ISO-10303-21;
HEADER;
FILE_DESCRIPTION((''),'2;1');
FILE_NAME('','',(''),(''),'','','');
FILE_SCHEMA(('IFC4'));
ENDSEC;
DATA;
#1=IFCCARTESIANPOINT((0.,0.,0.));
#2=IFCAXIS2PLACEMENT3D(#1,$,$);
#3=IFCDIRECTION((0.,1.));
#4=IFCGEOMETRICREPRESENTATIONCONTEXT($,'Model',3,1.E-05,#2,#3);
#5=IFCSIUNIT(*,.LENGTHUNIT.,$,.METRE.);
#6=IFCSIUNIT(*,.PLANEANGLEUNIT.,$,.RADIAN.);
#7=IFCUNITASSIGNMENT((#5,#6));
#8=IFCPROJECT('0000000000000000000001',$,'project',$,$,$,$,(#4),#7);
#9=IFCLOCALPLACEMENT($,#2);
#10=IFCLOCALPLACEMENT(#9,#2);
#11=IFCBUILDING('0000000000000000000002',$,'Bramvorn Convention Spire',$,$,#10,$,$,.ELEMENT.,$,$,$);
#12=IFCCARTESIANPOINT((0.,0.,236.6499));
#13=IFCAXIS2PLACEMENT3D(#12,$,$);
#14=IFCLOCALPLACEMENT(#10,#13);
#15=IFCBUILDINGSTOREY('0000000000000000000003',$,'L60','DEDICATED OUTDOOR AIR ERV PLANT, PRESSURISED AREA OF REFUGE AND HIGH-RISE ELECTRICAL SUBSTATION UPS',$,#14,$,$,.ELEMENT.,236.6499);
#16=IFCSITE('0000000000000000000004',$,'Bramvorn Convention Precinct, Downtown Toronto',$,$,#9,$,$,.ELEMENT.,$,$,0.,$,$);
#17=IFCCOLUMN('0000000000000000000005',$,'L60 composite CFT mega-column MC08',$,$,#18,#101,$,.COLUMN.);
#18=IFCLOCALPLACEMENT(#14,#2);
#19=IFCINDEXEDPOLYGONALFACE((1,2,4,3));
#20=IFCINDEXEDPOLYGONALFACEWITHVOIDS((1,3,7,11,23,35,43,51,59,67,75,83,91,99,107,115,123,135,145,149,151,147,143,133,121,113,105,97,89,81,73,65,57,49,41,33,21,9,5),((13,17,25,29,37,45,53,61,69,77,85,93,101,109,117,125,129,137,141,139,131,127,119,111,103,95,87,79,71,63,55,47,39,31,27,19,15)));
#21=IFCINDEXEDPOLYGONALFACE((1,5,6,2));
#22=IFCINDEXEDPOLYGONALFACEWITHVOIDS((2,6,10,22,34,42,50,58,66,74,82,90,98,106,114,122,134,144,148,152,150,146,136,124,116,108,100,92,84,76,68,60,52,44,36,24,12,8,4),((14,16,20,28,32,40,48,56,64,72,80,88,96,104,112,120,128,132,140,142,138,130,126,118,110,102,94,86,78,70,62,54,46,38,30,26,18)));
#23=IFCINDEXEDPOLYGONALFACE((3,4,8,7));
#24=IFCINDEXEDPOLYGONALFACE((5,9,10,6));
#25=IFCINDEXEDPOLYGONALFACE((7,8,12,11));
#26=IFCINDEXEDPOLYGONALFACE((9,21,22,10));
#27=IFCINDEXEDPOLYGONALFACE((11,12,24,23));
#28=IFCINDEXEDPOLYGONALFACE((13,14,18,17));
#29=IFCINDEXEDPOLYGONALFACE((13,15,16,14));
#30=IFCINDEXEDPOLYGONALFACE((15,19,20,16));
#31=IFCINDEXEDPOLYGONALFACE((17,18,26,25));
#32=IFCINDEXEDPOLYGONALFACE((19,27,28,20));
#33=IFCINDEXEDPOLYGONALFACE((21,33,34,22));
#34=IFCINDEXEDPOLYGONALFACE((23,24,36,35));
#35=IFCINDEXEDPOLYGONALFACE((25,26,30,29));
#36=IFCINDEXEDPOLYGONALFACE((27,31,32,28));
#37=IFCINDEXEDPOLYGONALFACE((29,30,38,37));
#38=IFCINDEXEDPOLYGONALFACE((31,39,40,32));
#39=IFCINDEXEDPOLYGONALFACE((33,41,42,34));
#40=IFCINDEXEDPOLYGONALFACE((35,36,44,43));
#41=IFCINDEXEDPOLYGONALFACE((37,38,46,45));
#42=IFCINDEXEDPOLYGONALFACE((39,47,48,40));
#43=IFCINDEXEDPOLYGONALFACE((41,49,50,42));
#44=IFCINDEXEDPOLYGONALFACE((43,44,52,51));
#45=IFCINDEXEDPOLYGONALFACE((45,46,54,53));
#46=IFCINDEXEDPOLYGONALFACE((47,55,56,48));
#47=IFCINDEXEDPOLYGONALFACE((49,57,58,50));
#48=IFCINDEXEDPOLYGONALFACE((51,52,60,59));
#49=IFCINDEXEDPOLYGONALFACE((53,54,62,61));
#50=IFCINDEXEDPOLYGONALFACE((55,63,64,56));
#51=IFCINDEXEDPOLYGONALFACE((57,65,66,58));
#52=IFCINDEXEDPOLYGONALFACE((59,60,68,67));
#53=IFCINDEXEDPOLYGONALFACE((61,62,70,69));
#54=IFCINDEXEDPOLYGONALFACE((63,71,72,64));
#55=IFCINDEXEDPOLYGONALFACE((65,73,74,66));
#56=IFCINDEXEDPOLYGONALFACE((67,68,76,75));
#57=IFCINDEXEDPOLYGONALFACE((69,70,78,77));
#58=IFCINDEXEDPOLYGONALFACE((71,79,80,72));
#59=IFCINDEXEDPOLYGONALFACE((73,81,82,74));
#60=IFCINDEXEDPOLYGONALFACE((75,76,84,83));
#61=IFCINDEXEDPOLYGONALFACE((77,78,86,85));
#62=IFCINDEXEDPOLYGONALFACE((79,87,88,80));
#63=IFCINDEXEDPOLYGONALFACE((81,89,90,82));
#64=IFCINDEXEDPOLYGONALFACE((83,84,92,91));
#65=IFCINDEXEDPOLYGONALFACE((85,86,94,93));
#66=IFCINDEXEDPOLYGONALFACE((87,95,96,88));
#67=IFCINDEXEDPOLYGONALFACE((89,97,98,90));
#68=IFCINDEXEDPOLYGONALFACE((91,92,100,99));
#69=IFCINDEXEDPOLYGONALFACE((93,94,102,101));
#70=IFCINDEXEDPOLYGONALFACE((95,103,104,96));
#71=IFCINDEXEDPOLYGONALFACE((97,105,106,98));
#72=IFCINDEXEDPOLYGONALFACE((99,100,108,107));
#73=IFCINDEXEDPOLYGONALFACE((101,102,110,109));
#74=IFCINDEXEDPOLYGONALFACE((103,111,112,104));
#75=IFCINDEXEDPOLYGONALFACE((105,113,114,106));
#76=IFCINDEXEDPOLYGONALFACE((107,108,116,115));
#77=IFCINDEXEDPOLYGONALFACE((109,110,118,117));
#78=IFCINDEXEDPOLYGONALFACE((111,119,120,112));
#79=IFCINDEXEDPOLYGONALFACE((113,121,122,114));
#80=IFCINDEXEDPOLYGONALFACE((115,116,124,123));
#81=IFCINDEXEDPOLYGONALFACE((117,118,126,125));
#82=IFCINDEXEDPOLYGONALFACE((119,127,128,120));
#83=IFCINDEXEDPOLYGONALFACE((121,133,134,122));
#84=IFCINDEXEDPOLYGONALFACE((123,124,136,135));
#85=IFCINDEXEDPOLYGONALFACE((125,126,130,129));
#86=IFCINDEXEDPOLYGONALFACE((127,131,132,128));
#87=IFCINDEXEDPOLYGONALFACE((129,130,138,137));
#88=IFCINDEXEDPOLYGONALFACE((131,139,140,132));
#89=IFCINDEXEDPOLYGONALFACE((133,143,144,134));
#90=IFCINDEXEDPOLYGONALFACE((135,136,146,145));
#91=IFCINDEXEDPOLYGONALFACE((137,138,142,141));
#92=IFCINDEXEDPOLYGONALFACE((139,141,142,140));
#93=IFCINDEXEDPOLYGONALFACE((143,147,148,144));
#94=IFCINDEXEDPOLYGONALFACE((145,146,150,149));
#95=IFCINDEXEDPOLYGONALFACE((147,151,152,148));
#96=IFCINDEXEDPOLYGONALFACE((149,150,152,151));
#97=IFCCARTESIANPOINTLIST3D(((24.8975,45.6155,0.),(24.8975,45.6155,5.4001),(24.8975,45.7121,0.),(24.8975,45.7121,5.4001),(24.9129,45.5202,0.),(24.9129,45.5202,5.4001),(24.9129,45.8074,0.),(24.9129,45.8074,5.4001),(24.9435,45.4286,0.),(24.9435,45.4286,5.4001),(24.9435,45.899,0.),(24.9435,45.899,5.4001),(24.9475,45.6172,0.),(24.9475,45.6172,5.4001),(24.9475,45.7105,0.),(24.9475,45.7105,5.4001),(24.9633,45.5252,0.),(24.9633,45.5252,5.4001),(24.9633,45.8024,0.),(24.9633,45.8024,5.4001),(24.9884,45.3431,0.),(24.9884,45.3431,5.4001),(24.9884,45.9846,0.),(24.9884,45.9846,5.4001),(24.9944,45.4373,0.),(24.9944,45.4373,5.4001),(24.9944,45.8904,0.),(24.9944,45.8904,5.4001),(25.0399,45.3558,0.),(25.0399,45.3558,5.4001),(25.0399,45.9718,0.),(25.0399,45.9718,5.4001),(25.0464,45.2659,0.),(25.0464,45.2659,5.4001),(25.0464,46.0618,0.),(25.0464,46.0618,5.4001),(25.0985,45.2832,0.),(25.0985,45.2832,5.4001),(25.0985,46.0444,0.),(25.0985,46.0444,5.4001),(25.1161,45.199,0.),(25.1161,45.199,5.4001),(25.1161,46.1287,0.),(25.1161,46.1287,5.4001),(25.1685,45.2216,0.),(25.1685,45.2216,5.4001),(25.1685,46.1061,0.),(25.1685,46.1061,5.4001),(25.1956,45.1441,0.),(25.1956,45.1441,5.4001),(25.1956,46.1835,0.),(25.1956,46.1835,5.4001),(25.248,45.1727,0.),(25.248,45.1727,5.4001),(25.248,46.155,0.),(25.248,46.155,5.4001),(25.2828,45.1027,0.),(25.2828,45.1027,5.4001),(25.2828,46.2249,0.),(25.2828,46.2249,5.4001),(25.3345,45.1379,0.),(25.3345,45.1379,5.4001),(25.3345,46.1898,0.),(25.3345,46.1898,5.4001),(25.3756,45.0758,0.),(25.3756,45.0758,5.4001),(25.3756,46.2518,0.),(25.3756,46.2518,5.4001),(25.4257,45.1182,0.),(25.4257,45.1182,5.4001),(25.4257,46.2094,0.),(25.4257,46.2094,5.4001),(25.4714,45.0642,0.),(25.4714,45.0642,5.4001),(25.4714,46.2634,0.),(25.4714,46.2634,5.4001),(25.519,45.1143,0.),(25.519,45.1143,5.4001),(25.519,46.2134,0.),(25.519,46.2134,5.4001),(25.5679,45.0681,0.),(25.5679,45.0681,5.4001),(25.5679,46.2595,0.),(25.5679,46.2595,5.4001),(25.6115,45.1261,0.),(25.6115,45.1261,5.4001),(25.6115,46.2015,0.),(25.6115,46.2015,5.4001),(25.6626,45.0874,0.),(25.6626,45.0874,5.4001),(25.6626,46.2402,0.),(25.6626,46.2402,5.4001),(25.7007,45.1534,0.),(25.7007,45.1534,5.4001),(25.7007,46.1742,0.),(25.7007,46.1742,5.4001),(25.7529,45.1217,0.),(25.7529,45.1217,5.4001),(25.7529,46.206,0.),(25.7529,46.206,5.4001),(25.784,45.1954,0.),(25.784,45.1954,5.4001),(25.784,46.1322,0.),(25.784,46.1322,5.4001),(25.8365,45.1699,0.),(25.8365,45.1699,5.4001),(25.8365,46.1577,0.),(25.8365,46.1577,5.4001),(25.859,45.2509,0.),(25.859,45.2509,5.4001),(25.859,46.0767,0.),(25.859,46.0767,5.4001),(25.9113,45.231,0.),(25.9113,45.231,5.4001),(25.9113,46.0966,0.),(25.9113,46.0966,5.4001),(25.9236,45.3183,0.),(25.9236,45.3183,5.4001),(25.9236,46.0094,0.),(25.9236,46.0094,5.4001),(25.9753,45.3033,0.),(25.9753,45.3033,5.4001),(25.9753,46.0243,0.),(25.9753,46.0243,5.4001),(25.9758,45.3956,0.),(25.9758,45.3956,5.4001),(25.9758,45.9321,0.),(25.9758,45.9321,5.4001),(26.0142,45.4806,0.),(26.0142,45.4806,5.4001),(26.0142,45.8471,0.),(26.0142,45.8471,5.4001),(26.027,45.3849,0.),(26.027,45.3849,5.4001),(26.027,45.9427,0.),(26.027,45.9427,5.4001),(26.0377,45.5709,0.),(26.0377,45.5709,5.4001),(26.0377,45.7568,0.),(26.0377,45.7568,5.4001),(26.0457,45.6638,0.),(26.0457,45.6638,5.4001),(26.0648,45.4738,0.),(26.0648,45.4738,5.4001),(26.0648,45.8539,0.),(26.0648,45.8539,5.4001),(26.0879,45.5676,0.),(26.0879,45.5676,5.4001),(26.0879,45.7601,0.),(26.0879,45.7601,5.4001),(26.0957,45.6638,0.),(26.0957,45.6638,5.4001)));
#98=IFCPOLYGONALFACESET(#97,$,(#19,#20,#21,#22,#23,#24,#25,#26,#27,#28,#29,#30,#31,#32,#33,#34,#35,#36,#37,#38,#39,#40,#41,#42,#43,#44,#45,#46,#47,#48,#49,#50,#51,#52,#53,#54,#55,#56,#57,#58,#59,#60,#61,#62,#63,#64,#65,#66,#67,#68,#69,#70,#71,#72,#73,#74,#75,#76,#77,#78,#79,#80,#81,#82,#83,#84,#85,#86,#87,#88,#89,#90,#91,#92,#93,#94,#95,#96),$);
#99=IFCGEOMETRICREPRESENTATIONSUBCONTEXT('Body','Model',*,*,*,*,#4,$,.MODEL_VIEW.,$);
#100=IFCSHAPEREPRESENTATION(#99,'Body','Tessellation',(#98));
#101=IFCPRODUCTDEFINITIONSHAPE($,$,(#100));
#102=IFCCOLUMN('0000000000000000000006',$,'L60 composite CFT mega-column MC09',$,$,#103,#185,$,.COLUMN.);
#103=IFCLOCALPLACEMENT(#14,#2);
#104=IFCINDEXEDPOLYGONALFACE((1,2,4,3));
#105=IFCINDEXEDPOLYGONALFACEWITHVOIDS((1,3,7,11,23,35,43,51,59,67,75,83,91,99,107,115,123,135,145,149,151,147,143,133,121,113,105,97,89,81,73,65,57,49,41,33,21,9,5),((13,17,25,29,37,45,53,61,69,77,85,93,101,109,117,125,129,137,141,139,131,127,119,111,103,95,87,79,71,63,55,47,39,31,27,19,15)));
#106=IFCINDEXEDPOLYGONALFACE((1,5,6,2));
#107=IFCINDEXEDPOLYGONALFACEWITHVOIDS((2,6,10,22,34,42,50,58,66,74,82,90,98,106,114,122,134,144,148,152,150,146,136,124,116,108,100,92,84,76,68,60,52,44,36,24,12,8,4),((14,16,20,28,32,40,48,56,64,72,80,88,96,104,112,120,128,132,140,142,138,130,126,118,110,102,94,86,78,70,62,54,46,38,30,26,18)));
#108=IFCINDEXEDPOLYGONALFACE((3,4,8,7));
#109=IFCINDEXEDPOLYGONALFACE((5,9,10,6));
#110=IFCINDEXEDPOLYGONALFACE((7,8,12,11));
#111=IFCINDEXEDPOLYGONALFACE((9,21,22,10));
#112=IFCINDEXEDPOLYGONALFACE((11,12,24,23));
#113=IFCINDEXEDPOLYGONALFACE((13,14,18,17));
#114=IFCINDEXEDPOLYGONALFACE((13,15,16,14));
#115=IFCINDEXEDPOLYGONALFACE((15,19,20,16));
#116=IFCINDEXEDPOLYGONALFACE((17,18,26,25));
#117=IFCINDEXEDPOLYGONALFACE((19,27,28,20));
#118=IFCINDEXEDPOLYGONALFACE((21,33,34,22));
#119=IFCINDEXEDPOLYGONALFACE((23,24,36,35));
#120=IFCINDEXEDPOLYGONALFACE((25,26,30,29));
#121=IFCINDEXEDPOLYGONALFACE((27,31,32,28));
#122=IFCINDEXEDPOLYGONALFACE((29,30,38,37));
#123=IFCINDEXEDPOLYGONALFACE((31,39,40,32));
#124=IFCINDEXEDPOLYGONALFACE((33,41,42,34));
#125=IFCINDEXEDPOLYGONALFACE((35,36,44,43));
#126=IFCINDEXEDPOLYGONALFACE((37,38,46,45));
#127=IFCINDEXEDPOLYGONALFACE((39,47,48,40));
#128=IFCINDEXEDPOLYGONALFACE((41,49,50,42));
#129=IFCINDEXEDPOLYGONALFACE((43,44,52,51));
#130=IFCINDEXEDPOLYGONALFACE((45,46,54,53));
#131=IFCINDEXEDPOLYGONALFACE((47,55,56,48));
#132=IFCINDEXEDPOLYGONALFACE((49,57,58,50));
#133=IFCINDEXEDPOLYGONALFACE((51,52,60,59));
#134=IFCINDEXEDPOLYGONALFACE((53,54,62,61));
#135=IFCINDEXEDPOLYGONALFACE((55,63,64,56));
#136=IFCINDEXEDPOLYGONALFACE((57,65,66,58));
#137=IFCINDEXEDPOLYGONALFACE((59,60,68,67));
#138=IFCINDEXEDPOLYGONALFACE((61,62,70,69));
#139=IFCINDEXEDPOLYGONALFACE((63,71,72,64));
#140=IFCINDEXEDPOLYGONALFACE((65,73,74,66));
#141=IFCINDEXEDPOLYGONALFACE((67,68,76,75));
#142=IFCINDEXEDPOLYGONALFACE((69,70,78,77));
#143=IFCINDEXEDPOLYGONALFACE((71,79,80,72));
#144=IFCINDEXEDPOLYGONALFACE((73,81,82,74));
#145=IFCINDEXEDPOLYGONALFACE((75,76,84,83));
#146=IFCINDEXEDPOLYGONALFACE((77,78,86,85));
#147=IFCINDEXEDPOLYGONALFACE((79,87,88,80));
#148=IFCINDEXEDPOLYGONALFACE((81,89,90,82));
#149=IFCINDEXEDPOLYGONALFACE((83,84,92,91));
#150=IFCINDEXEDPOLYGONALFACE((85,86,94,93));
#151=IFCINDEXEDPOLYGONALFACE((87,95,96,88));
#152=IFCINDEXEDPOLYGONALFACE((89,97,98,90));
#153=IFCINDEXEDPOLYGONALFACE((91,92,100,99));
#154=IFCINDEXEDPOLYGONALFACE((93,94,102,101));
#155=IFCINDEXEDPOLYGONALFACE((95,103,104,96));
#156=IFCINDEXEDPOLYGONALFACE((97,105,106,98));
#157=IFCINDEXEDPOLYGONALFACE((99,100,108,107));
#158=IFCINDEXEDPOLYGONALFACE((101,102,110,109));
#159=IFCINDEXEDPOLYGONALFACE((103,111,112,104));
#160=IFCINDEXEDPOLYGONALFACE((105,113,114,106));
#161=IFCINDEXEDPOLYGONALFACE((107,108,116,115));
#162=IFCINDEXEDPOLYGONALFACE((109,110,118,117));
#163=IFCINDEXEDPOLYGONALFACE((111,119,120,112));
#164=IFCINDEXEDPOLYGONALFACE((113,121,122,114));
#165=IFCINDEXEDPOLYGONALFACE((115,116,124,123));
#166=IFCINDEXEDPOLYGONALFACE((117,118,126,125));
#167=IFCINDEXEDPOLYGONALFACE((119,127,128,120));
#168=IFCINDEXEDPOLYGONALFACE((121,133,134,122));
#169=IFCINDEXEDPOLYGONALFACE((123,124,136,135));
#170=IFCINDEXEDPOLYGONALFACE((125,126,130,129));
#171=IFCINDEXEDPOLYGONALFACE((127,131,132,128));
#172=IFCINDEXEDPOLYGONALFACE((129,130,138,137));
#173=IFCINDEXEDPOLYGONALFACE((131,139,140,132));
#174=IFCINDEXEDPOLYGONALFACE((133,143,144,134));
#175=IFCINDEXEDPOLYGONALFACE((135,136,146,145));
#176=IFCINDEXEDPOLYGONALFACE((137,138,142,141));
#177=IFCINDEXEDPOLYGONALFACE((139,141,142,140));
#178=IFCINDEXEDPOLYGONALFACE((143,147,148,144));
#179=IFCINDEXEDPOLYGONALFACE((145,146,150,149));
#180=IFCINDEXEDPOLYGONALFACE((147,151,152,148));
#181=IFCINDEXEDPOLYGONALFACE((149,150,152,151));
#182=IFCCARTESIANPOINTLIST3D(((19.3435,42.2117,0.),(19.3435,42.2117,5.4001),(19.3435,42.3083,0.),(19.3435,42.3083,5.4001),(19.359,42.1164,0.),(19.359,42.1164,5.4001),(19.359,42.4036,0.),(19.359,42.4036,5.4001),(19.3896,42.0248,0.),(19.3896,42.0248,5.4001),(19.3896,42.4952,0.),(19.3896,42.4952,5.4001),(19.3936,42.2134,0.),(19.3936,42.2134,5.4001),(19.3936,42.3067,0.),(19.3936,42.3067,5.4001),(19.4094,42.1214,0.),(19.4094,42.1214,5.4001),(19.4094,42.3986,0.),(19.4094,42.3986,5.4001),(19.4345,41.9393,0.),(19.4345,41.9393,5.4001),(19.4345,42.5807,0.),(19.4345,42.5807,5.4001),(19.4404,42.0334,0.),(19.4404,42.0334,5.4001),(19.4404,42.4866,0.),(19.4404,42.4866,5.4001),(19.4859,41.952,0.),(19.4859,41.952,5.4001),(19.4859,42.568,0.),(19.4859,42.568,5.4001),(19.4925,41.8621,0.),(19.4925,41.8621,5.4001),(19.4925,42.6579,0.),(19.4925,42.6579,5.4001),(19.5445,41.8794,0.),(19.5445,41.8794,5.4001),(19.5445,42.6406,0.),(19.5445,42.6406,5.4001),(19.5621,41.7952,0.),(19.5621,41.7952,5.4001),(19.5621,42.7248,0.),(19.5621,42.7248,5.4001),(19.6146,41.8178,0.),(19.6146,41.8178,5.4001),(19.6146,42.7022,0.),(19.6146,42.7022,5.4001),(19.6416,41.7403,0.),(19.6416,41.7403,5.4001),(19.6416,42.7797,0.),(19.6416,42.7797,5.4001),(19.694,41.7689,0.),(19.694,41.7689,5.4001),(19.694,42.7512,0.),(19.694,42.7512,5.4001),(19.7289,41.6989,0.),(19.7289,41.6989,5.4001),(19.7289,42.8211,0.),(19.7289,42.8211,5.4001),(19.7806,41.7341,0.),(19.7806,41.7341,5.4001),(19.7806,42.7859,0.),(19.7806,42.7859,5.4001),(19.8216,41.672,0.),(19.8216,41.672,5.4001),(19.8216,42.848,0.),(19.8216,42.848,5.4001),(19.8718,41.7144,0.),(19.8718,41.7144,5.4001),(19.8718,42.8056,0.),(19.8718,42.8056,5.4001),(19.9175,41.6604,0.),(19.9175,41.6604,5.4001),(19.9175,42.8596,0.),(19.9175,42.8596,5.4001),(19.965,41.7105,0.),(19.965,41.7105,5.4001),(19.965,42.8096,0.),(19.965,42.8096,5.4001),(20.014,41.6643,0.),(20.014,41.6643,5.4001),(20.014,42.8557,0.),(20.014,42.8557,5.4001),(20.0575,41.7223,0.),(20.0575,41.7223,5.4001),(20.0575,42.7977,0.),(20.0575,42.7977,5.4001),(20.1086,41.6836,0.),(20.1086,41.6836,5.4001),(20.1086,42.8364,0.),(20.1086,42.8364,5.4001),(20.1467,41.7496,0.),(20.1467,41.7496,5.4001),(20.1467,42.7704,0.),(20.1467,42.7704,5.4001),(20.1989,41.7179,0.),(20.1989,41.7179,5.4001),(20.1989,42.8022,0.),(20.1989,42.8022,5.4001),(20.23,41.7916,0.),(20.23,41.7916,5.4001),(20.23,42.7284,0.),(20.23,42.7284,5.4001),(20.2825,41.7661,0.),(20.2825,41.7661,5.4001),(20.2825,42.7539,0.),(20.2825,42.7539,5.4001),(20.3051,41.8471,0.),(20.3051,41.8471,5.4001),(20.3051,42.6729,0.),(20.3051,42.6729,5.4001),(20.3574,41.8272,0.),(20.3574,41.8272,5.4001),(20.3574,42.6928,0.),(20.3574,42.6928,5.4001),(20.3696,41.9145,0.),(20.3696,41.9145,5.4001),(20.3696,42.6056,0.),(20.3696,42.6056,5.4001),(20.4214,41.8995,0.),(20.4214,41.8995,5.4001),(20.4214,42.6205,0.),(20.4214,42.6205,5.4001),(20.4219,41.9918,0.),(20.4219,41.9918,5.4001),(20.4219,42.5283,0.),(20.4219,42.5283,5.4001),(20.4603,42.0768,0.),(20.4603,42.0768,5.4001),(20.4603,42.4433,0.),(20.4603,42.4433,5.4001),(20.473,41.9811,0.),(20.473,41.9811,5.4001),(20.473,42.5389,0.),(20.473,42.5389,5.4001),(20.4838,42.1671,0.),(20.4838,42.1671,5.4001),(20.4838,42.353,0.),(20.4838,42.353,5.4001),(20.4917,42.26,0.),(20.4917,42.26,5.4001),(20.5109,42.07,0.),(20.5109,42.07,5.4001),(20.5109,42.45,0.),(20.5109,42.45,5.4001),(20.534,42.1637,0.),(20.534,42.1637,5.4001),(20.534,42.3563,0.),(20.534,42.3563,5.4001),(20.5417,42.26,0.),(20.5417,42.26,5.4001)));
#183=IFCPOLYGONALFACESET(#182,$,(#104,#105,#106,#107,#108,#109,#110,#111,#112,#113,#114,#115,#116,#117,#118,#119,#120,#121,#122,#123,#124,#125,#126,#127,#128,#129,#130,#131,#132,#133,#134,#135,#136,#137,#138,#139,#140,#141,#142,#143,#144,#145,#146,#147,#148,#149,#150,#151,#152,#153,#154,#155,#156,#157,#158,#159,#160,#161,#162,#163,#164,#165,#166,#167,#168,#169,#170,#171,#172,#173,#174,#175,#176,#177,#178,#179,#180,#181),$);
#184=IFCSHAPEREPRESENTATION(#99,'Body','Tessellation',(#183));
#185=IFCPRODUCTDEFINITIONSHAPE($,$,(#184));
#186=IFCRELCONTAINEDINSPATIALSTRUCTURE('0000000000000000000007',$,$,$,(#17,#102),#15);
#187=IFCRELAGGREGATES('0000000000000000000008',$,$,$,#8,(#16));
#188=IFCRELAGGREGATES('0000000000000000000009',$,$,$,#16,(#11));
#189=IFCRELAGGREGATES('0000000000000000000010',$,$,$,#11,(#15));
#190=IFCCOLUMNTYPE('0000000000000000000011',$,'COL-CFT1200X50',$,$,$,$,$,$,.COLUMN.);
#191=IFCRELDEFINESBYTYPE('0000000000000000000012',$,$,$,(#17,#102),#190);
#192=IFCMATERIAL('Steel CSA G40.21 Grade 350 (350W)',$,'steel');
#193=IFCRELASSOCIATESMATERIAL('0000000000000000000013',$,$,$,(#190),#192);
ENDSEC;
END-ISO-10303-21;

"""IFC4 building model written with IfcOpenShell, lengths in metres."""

from ifc_helpers import new_model, si_unit, direction, frame, origin, origin_2d, place, context, subcontext, project, spatial, hollow_circle, extrude, material, material_profile, profile_set, type_object, element, save


model = new_model("IFC4")

# Units and contexts
model_context = context("Model", 3, precision=1e-05, world=origin(), true_north=direction((0.0, 1.0)))
body_context = subcontext(model_context, "Body", "Model", "MODEL_VIEW")
ifc_project = project(units=[si_unit("LENGTHUNIT", "METRE"), si_unit("PLANEANGLEUNIT", "RADIAN")], contexts=[model_context])

# Site, building, storey
site_placement = place(None, origin())
site = spatial("IfcSite", under=ifc_project, at=site_placement, Name="Bramvorn Convention Precinct, Downtown Toronto", CompositionType="ELEMENT", RefElevation=0.0)
building_placement = place(site_placement, origin())
building = spatial("IfcBuilding", under=site, at=building_placement, Name="Bramvorn Convention Spire", CompositionType="ELEMENT")
storey_placement = place(building_placement, frame((0.0, 0.0, 236.6499)))
storey = spatial("IfcBuildingStorey", under=building, at=storey_placement, Name="L60", Description="DEDICATED OUTDOOR AIR ERV PLANT, PRESSURISED AREA OF REFUGE AND HIGH-RISE ELECTRICAL SUBSTATION UPS", CompositionType="ELEMENT", Elevation=236.6499)

# Columns
ifc_material_1 = material(Name="Steel CSA G40.21 Grade 350 (350W)", Category="steel")
ifc_material_profile_1 = material_profile(ifc_material_1, hollow_circle(Radius=0.6001, WallThickness=0.05, at=origin_2d()))
ifc_profile_set_1 = profile_set([ifc_material_profile_1], Name="Steel CSA G40.21 Grade 350 (350W) - CFT1200X50")
column_type = type_object("IfcColumnType", Name="COL-CFT1200X50", PredefinedType="COLUMN", material=ifc_profile_set_1)
for number, where, z_axis, x_axis, name in (
    (1, (25.4956, 45.6638, 0.0), (0.0, 0.0, 1.0), (1.0, 0.0, 0.0), "L60 composite CFT mega-column MC08"),
    (2, (19.9417, 42.26, 0.0), (0.0, 0.0, 1.0), (1.0, 0.0, 0.0), "L60 composite CFT mega-column MC09"),
):
    element("IfcColumn", number, at=place(storey_placement, frame(where, z_axis=z_axis, x_axis=x_axis)), inside=storey, type_object=column_type, Name=name, PredefinedType="COLUMN", context=body_context, shape_type="SweptSolid", body=[
        extrude(hollow_circle(Radius=0.6001, WallThickness=0.05, at=origin_2d()), origin(), (0.0, 0.0, 1.0), 5.4001),
    ])

save(model, "model.ifc")
